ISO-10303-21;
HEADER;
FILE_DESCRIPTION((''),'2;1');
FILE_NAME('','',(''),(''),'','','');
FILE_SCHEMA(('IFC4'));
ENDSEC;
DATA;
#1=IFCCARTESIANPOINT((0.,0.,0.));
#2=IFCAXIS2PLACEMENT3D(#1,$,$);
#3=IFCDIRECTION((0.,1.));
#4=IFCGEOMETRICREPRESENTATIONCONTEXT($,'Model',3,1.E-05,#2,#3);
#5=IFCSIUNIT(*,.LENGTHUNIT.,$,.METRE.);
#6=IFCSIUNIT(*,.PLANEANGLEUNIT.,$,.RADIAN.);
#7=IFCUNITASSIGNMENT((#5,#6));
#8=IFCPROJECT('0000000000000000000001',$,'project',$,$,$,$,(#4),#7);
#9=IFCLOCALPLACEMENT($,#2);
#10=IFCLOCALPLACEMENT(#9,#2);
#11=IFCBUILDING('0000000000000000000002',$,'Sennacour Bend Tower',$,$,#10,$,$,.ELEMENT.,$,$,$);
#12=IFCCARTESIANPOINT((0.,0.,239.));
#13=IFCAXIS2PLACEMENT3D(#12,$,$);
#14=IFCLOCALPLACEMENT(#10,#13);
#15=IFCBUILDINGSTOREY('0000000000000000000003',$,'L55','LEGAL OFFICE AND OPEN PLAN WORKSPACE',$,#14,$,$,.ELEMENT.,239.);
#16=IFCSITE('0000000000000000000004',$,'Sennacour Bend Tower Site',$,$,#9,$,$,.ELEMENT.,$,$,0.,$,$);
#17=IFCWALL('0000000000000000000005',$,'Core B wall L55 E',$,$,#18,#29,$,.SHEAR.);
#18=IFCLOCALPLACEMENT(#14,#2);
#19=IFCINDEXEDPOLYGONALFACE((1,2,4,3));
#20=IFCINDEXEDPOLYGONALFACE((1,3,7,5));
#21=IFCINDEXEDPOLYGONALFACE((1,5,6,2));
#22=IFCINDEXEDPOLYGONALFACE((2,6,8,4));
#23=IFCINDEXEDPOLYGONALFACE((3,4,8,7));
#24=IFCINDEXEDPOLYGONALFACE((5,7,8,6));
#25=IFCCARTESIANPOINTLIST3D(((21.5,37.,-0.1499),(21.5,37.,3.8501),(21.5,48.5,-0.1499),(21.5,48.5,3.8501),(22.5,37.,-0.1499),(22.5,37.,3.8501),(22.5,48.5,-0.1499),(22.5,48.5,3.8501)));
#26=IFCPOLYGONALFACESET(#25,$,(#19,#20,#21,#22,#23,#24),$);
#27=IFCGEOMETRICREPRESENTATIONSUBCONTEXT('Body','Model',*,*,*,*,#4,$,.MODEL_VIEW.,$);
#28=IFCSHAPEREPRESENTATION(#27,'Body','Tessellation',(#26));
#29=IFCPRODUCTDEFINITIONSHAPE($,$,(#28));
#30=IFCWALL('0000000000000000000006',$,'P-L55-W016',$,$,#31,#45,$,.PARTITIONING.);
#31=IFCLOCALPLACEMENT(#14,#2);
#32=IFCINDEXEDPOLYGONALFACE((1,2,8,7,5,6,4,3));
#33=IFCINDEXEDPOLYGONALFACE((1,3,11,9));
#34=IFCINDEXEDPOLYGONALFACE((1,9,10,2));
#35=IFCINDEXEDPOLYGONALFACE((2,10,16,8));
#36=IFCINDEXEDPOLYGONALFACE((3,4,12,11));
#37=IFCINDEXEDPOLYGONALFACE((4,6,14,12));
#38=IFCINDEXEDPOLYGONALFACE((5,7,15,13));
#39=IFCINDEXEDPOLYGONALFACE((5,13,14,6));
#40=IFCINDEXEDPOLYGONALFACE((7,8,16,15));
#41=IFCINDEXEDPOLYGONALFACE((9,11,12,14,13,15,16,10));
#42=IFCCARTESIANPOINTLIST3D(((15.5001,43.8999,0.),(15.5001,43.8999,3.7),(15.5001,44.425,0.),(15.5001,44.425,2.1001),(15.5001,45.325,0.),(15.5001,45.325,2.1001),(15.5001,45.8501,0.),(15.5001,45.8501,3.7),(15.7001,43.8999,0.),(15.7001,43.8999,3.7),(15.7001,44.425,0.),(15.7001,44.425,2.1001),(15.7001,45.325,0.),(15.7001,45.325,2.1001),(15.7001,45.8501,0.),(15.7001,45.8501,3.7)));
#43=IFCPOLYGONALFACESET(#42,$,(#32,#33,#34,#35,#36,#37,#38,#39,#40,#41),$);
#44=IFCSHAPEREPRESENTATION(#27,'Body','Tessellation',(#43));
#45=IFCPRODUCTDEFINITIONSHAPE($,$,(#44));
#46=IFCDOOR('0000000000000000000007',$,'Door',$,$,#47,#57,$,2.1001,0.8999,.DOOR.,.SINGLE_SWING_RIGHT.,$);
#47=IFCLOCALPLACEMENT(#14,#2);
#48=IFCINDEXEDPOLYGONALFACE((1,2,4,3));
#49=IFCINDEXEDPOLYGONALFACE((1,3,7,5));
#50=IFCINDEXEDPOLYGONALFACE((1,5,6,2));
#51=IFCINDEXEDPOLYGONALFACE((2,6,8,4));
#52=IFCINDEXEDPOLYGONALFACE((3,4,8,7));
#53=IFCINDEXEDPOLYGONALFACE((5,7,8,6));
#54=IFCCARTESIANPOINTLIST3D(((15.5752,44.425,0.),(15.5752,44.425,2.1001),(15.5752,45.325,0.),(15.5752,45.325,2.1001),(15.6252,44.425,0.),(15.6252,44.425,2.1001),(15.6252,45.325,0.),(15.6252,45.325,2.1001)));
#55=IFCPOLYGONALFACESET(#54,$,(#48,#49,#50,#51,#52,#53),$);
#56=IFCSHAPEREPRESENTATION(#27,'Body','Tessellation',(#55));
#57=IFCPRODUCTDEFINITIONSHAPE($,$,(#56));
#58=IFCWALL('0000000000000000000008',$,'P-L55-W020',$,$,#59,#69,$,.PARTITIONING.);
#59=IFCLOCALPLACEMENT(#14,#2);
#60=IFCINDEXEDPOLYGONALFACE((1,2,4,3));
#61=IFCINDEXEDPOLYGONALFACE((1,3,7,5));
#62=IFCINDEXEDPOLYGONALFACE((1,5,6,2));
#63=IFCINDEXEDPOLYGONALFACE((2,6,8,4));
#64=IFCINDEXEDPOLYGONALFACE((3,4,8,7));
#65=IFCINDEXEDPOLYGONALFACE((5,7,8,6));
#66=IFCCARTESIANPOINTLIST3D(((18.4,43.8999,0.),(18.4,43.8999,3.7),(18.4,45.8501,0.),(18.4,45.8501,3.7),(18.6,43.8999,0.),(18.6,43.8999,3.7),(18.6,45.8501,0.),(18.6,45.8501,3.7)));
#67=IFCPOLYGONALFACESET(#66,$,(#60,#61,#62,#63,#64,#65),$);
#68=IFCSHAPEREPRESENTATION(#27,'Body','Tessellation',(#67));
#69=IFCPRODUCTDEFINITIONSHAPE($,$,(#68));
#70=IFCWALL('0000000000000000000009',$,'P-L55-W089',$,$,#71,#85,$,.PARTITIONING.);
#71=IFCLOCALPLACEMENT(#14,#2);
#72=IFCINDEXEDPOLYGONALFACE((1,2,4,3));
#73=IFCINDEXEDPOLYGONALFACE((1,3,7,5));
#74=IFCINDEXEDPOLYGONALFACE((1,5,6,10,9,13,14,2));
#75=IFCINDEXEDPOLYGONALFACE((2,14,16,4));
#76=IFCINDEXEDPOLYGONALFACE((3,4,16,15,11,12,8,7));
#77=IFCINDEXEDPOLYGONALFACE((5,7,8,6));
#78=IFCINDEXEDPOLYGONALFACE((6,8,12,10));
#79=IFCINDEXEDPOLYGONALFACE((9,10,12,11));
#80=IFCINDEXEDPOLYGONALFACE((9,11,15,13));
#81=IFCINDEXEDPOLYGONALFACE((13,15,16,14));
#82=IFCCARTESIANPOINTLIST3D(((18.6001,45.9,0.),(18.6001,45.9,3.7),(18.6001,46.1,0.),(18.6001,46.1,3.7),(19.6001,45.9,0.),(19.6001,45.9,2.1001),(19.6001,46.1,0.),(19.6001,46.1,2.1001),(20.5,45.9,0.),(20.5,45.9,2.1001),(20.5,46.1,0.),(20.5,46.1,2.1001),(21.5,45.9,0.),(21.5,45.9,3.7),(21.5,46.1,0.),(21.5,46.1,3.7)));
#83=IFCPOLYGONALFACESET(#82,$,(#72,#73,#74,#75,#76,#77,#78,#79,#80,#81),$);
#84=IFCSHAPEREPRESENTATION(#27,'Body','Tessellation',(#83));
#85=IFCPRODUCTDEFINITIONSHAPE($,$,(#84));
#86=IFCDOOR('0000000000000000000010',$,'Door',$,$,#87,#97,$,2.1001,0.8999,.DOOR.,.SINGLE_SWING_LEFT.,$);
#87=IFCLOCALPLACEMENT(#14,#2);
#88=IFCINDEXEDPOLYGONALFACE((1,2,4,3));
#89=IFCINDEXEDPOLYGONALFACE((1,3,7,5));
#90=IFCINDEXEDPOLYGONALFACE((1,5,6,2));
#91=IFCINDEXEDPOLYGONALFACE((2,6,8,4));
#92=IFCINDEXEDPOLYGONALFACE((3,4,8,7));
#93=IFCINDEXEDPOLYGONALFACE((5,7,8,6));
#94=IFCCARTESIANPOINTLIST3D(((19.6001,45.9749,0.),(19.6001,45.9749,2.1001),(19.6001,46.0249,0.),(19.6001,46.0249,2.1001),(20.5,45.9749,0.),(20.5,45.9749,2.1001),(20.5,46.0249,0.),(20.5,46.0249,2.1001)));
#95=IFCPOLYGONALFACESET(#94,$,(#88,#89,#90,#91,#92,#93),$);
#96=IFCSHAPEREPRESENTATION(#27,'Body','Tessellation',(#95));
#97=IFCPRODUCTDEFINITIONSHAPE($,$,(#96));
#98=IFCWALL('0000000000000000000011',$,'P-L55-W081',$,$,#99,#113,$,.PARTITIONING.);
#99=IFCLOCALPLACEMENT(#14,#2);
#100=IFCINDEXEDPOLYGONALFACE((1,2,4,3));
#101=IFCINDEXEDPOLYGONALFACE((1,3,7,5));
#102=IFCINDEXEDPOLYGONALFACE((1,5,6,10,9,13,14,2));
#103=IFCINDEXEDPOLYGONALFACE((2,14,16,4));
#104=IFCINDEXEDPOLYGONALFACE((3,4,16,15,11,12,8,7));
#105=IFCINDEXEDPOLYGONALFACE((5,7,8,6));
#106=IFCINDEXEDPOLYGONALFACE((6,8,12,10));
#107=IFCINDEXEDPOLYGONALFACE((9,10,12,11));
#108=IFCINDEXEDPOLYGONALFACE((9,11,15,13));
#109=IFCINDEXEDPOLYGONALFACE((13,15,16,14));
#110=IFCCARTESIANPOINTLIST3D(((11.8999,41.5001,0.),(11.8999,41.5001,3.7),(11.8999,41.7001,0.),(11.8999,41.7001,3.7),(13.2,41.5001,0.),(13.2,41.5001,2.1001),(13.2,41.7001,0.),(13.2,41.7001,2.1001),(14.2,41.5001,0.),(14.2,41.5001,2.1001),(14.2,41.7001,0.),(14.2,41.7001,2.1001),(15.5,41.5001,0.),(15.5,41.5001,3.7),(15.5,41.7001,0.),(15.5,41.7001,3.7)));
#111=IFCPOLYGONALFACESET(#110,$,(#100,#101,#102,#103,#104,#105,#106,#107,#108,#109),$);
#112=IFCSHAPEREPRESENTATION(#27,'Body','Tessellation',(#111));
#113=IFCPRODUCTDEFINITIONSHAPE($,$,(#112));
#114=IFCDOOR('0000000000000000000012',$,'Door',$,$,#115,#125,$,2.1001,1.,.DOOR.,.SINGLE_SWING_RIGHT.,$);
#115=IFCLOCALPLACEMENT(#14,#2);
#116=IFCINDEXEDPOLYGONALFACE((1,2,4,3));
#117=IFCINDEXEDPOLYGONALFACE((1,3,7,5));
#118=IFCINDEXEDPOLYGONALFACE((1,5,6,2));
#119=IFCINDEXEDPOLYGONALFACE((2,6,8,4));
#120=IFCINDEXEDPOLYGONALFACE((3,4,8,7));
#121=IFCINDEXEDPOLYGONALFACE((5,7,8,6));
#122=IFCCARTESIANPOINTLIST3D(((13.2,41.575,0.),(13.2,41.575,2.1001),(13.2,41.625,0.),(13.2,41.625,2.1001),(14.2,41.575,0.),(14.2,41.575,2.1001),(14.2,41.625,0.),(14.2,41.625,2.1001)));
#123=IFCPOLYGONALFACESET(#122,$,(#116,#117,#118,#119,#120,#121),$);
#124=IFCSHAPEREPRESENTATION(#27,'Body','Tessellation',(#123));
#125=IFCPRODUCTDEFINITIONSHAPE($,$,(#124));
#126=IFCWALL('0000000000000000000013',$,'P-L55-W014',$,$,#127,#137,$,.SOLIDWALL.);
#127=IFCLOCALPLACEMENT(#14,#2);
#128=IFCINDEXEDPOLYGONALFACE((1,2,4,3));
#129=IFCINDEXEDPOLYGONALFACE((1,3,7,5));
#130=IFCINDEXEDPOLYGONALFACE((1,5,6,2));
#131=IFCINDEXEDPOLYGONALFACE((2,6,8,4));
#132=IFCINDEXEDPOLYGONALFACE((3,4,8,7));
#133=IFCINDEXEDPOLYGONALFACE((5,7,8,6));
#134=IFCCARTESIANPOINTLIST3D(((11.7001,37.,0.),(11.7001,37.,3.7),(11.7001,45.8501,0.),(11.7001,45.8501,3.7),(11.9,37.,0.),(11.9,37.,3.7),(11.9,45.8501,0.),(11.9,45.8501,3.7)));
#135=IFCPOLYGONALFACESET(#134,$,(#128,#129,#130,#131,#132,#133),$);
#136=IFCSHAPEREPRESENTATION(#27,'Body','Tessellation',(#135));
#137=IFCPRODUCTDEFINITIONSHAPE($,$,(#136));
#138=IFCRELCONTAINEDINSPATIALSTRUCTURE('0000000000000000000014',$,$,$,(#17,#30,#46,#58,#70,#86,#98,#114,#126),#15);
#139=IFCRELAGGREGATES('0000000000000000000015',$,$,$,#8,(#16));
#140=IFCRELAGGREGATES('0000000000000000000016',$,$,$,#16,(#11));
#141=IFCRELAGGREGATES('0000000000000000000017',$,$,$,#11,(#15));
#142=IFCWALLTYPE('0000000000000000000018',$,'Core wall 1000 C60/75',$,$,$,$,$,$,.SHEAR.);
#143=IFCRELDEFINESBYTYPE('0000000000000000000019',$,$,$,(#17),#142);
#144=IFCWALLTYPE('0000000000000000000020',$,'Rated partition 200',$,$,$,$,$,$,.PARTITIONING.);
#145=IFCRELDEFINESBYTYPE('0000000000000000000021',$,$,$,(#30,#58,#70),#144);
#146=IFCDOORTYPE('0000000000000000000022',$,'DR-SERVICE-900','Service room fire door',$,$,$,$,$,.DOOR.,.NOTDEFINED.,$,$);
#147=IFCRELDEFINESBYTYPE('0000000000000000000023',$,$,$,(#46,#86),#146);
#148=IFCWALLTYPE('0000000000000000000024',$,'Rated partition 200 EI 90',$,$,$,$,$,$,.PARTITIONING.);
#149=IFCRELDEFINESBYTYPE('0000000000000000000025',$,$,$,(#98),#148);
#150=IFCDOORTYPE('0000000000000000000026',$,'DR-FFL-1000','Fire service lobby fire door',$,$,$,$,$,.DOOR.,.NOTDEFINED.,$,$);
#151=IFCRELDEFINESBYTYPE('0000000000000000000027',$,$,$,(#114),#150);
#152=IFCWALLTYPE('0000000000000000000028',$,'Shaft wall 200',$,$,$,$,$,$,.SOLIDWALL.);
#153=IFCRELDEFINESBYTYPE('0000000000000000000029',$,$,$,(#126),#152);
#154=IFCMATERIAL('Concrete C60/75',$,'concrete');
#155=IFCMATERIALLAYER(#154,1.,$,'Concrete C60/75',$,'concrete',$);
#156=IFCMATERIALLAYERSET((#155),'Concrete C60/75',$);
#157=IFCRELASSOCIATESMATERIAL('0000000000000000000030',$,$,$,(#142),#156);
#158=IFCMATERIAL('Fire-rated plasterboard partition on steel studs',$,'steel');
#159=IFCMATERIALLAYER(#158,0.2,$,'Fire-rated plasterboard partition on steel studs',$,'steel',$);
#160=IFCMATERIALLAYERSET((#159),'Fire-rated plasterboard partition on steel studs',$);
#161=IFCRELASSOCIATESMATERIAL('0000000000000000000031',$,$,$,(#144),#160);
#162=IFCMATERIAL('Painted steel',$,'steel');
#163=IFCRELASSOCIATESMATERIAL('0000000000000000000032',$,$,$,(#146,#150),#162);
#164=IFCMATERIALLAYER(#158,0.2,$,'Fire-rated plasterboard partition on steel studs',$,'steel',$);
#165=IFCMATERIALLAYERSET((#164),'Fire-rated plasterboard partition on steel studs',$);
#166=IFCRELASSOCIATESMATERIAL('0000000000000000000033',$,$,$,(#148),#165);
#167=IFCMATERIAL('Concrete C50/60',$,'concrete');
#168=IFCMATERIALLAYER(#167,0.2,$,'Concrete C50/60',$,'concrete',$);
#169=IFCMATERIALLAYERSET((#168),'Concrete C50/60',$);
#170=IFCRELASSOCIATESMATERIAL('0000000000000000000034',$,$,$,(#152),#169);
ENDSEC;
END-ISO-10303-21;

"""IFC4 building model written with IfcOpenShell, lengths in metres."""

from ifc_helpers import new_model, si_unit, direction, frame, frame_2d, origin, place, context, subcontext, project, spatial, rectangle, extrude, material, layer, layer_set, type_object, element, fill, save


model = new_model("IFC4")

# Units and contexts
model_context = context("Model", 3, precision=1e-05, world=origin(), true_north=direction((0.0, 1.0)))
body_context = subcontext(model_context, "Body", "Model", "MODEL_VIEW")
ifc_project = project(units=[si_unit("LENGTHUNIT", "METRE"), si_unit("PLANEANGLEUNIT", "RADIAN")], contexts=[model_context])

# Site, building, storey
site_placement = place(None, origin())
site = spatial("IfcSite", under=ifc_project, at=site_placement, Name="Sennacour Bend Tower Site", CompositionType="ELEMENT", RefElevation=0.0)
building_placement = place(site_placement, origin())
building = spatial("IfcBuilding", under=site, at=building_placement, Name="Sennacour Bend Tower", CompositionType="ELEMENT")
storey_placement = place(building_placement, frame((0.0, 0.0, 239.0)))
storey = spatial("IfcBuildingStorey", under=building, at=storey_placement, Name="L55", Description="LEGAL OFFICE AND OPEN PLAN WORKSPACE", CompositionType="ELEMENT", Elevation=239.0)

# Wall
ifc_material_1 = material(Name="Concrete C60/75", Category="concrete")
ifc_layer_1 = layer(ifc_material_1, 1.0, Name="Concrete C60/75", Category="concrete")
ifc_layer_set_1 = layer_set([ifc_layer_1], Name="Concrete C60/75")
wall_type_1 = type_object("IfcWallType", Name="Core wall 1000 C60/75", PredefinedType="SHEAR", material=ifc_layer_set_1)
wall_1_placement = place(storey_placement, frame((22.0, 37.0, -0.1499), z_axis=(0.0, 0.0, 1.0), x_axis=(0.0, 1.0, 0.0)))
element("IfcWall", 1, at=wall_1_placement, inside=storey, type_object=wall_type_1, Name="Core B wall L55 E", PredefinedType="SHEAR", context=body_context, shape_type="SweptSolid", body=[
    extrude(rectangle(XDim=11.5, YDim=1.0, at=frame_2d((5.75, 0.0))), origin(), (0.0, 0.0, 1.0), 4.0),
])

# Wall, opening, door
ifc_material_2 = material(Name="Fire-rated plasterboard partition on steel studs", Category="steel")
ifc_layer_2 = layer(ifc_material_2, 0.2, Name="Fire-rated plasterboard partition on steel studs", Category="steel")
ifc_layer_set_2 = layer_set([ifc_layer_2], Name="Fire-rated plasterboard partition on steel studs")
wall_type_2 = type_object("IfcWallType", Name="Rated partition 200", PredefinedType="PARTITIONING", material=ifc_layer_set_2)
wall_2_placement = place(storey_placement, frame((15.6001, 43.8999, 0.0), z_axis=(0.0, 0.0, 1.0), x_axis=(0.0, 1.0, 0.0)))
wall_2 = element("IfcWall", 2, at=wall_2_placement, inside=storey, type_object=wall_type_2, Name="P-L55-W016", PredefinedType="PARTITIONING", context=body_context, shape_type="SweptSolid", body=[
    extrude(rectangle(XDim=1.9502, YDim=0.2, at=frame_2d((0.9751, 0.0))), origin(), (0.0, 0.0, 1.0), 3.7),
])
opening_1_placement = place(wall_2_placement, frame((0.5251, 0.0, 0.0)))
opening_1 = element("IfcOpeningElement", 3, at=opening_1_placement, cuts=wall_2, PredefinedType="OPENING", context=body_context, shape_type="SweptSolid", body=[
    extrude(rectangle(XDim=0.8999, YDim=2.1001, at=frame_2d((0.45, 1.05))), frame((0.0, 0.1099, 0.0), z_axis=(0.0, -1.0, 0.0), x_axis=(1.0, 0.0, 0.0)), (0.0, 0.0, 1.0), 0.22),
])
ifc_material_3 = material(Name="Painted steel", Category="steel")
door_type_1 = type_object("IfcDoorType", Name="DR-SERVICE-900", Description="Service room fire door", OperationType="NOTDEFINED", PredefinedType="DOOR", material=ifc_material_3)
door_1_placement = place(opening_1_placement, origin())
door_1 = element("IfcDoor", 4, at=door_1_placement, inside=storey, type_object=door_type_1, Name="Door", OperationType="SINGLE_SWING_RIGHT", OverallHeight=2.1001, OverallWidth=0.8999, PredefinedType="DOOR", context=body_context, shape_type="SweptSolid", body=[
    extrude(rectangle(XDim=0.8999, YDim=2.1001, at=frame_2d((0.45, 1.05))), frame((0.0, 0.0249, 0.0), z_axis=(0.0, -1.0, 0.0), x_axis=(1.0, 0.0, 0.0)), (0.0, 0.0, 1.0), 0.05),
])
fill(opening_1, door_1)

# Wall
wall_3_placement = place(storey_placement, frame((18.5, 43.8999, 0.0), z_axis=(0.0, 0.0, 1.0), x_axis=(0.0, 1.0, 0.0)))
element("IfcWall", 5, at=wall_3_placement, inside=storey, type_object=wall_type_2, Name="P-L55-W020", PredefinedType="PARTITIONING", context=body_context, shape_type="SweptSolid", body=[
    extrude(rectangle(XDim=1.9502, YDim=0.2, at=frame_2d((0.9751, 0.0))), origin(), (0.0, 0.0, 1.0), 3.7),
])

# Walls, openings, doors
wall_4_placement = place(storey_placement, frame((18.6001, 46.0, 0.0), z_axis=(0.0, 0.0, 1.0), x_axis=(1.0, 0.0, 0.0)))
wall_4 = element("IfcWall", 6, at=wall_4_placement, inside=storey, type_object=wall_type_2, Name="P-L55-W089", PredefinedType="PARTITIONING", context=body_context, shape_type="SweptSolid", body=[
    extrude(rectangle(XDim=2.8999, YDim=0.2, at=frame_2d((1.45, 0.0))), origin(), (0.0, 0.0, 1.0), 3.7),
])
opening_2_placement = place(wall_4_placement, frame((1.0, 0.0, 0.0)))
opening_2 = element("IfcOpeningElement", 7, at=opening_2_placement, cuts=wall_4, PredefinedType="OPENING", context=body_context, shape_type="SweptSolid", body=[
    extrude(rectangle(XDim=0.8999, YDim=2.1001, at=frame_2d((0.45, 1.05))), frame((0.0, 0.1099, 0.0), z_axis=(0.0, -1.0, 0.0), x_axis=(1.0, 0.0, 0.0)), (0.0, 0.0, 1.0), 0.22),
])
door_2_placement = place(opening_2_placement, origin())
door_2 = element("IfcDoor", 8, at=door_2_placement, inside=storey, type_object=door_type_1, Name="Door", OperationType="SINGLE_SWING_LEFT", OverallHeight=2.1001, OverallWidth=0.8999, PredefinedType="DOOR", context=body_context, shape_type="SweptSolid", body=[
    extrude(rectangle(XDim=0.8999, YDim=2.1001, at=frame_2d((0.45, 1.05))), frame((0.0, 0.0249, 0.0), z_axis=(0.0, -1.0, 0.0), x_axis=(1.0, 0.0, 0.0)), (0.0, 0.0, 1.0), 0.05),
])
fill(opening_2, door_2)
ifc_layer_3 = layer(ifc_material_2, 0.2, Name="Fire-rated plasterboard partition on steel studs", Category="steel")
ifc_layer_set_3 = layer_set([ifc_layer_3], Name="Fire-rated plasterboard partition on steel studs")
wall_type_3 = type_object("IfcWallType", Name="Rated partition 200 EI 90", PredefinedType="PARTITIONING", material=ifc_layer_set_3)
wall_5_placement = place(storey_placement, frame((11.8999, 41.6001, 0.0), z_axis=(0.0, 0.0, 1.0), x_axis=(1.0, 0.0, 0.0)))
wall_5 = element("IfcWall", 9, at=wall_5_placement, inside=storey, type_object=wall_type_3, Name="P-L55-W081", PredefinedType="PARTITIONING", context=body_context, shape_type="SweptSolid", body=[
    extrude(rectangle(XDim=3.6001, YDim=0.2, at=frame_2d((1.8, 0.0))), origin(), (0.0, 0.0, 1.0), 3.7),
])
opening_3_placement = place(wall_5_placement, frame((1.3, 0.0, 0.0)))
opening_3 = element("IfcOpeningElement", 10, at=opening_3_placement, cuts=wall_5, PredefinedType="OPENING", context=body_context, shape_type="SweptSolid", body=[
    extrude(rectangle(XDim=1.0, YDim=2.1001, at=frame_2d((0.5, 1.05))), frame((0.0, 0.1099, 0.0), z_axis=(0.0, -1.0, 0.0), x_axis=(1.0, 0.0, 0.0)), (0.0, 0.0, 1.0), 0.22),
])
door_type_2 = type_object("IfcDoorType", Name="DR-FFL-1000", Description="Fire service lobby fire door", OperationType="NOTDEFINED", PredefinedType="DOOR", material=ifc_material_3)
door_3_placement = place(opening_3_placement, origin())
door_3 = element("IfcDoor", 11, at=door_3_placement, inside=storey, type_object=door_type_2, Name="Door", OperationType="SINGLE_SWING_RIGHT", OverallHeight=2.1001, OverallWidth=1.0, PredefinedType="DOOR", context=body_context, shape_type="SweptSolid", body=[
    extrude(rectangle(XDim=1.0, YDim=2.1001, at=frame_2d((0.5, 1.05))), frame((0.0, 0.0249, 0.0), z_axis=(0.0, -1.0, 0.0), x_axis=(1.0, 0.0, 0.0)), (0.0, 0.0, 1.0), 0.05),
])
fill(opening_3, door_3)

# Wall
ifc_material_4 = material(Name="Concrete C50/60", Category="concrete")
ifc_layer_4 = layer(ifc_material_4, 0.2, Name="Concrete C50/60", Category="concrete")
ifc_layer_set_4 = layer_set([ifc_layer_4], Name="Concrete C50/60")
wall_type_4 = type_object("IfcWallType", Name="Shaft wall 200", PredefinedType="SOLIDWALL", material=ifc_layer_set_4)
wall_6_placement = place(storey_placement, frame((11.8, 37.0, 0.0), z_axis=(0.0, 0.0, 1.0), x_axis=(0.0, 1.0, 0.0)))
element("IfcWall", 12, at=wall_6_placement, inside=storey, type_object=wall_type_4, Name="P-L55-W014", PredefinedType="SOLIDWALL", context=body_context, shape_type="SweptSolid", body=[
    extrude(rectangle(XDim=8.8501, YDim=0.2, at=frame_2d((4.425, 0.0))), origin(), (0.0, 0.0, 1.0), 3.7),
])

save(model, "model.ifc")
